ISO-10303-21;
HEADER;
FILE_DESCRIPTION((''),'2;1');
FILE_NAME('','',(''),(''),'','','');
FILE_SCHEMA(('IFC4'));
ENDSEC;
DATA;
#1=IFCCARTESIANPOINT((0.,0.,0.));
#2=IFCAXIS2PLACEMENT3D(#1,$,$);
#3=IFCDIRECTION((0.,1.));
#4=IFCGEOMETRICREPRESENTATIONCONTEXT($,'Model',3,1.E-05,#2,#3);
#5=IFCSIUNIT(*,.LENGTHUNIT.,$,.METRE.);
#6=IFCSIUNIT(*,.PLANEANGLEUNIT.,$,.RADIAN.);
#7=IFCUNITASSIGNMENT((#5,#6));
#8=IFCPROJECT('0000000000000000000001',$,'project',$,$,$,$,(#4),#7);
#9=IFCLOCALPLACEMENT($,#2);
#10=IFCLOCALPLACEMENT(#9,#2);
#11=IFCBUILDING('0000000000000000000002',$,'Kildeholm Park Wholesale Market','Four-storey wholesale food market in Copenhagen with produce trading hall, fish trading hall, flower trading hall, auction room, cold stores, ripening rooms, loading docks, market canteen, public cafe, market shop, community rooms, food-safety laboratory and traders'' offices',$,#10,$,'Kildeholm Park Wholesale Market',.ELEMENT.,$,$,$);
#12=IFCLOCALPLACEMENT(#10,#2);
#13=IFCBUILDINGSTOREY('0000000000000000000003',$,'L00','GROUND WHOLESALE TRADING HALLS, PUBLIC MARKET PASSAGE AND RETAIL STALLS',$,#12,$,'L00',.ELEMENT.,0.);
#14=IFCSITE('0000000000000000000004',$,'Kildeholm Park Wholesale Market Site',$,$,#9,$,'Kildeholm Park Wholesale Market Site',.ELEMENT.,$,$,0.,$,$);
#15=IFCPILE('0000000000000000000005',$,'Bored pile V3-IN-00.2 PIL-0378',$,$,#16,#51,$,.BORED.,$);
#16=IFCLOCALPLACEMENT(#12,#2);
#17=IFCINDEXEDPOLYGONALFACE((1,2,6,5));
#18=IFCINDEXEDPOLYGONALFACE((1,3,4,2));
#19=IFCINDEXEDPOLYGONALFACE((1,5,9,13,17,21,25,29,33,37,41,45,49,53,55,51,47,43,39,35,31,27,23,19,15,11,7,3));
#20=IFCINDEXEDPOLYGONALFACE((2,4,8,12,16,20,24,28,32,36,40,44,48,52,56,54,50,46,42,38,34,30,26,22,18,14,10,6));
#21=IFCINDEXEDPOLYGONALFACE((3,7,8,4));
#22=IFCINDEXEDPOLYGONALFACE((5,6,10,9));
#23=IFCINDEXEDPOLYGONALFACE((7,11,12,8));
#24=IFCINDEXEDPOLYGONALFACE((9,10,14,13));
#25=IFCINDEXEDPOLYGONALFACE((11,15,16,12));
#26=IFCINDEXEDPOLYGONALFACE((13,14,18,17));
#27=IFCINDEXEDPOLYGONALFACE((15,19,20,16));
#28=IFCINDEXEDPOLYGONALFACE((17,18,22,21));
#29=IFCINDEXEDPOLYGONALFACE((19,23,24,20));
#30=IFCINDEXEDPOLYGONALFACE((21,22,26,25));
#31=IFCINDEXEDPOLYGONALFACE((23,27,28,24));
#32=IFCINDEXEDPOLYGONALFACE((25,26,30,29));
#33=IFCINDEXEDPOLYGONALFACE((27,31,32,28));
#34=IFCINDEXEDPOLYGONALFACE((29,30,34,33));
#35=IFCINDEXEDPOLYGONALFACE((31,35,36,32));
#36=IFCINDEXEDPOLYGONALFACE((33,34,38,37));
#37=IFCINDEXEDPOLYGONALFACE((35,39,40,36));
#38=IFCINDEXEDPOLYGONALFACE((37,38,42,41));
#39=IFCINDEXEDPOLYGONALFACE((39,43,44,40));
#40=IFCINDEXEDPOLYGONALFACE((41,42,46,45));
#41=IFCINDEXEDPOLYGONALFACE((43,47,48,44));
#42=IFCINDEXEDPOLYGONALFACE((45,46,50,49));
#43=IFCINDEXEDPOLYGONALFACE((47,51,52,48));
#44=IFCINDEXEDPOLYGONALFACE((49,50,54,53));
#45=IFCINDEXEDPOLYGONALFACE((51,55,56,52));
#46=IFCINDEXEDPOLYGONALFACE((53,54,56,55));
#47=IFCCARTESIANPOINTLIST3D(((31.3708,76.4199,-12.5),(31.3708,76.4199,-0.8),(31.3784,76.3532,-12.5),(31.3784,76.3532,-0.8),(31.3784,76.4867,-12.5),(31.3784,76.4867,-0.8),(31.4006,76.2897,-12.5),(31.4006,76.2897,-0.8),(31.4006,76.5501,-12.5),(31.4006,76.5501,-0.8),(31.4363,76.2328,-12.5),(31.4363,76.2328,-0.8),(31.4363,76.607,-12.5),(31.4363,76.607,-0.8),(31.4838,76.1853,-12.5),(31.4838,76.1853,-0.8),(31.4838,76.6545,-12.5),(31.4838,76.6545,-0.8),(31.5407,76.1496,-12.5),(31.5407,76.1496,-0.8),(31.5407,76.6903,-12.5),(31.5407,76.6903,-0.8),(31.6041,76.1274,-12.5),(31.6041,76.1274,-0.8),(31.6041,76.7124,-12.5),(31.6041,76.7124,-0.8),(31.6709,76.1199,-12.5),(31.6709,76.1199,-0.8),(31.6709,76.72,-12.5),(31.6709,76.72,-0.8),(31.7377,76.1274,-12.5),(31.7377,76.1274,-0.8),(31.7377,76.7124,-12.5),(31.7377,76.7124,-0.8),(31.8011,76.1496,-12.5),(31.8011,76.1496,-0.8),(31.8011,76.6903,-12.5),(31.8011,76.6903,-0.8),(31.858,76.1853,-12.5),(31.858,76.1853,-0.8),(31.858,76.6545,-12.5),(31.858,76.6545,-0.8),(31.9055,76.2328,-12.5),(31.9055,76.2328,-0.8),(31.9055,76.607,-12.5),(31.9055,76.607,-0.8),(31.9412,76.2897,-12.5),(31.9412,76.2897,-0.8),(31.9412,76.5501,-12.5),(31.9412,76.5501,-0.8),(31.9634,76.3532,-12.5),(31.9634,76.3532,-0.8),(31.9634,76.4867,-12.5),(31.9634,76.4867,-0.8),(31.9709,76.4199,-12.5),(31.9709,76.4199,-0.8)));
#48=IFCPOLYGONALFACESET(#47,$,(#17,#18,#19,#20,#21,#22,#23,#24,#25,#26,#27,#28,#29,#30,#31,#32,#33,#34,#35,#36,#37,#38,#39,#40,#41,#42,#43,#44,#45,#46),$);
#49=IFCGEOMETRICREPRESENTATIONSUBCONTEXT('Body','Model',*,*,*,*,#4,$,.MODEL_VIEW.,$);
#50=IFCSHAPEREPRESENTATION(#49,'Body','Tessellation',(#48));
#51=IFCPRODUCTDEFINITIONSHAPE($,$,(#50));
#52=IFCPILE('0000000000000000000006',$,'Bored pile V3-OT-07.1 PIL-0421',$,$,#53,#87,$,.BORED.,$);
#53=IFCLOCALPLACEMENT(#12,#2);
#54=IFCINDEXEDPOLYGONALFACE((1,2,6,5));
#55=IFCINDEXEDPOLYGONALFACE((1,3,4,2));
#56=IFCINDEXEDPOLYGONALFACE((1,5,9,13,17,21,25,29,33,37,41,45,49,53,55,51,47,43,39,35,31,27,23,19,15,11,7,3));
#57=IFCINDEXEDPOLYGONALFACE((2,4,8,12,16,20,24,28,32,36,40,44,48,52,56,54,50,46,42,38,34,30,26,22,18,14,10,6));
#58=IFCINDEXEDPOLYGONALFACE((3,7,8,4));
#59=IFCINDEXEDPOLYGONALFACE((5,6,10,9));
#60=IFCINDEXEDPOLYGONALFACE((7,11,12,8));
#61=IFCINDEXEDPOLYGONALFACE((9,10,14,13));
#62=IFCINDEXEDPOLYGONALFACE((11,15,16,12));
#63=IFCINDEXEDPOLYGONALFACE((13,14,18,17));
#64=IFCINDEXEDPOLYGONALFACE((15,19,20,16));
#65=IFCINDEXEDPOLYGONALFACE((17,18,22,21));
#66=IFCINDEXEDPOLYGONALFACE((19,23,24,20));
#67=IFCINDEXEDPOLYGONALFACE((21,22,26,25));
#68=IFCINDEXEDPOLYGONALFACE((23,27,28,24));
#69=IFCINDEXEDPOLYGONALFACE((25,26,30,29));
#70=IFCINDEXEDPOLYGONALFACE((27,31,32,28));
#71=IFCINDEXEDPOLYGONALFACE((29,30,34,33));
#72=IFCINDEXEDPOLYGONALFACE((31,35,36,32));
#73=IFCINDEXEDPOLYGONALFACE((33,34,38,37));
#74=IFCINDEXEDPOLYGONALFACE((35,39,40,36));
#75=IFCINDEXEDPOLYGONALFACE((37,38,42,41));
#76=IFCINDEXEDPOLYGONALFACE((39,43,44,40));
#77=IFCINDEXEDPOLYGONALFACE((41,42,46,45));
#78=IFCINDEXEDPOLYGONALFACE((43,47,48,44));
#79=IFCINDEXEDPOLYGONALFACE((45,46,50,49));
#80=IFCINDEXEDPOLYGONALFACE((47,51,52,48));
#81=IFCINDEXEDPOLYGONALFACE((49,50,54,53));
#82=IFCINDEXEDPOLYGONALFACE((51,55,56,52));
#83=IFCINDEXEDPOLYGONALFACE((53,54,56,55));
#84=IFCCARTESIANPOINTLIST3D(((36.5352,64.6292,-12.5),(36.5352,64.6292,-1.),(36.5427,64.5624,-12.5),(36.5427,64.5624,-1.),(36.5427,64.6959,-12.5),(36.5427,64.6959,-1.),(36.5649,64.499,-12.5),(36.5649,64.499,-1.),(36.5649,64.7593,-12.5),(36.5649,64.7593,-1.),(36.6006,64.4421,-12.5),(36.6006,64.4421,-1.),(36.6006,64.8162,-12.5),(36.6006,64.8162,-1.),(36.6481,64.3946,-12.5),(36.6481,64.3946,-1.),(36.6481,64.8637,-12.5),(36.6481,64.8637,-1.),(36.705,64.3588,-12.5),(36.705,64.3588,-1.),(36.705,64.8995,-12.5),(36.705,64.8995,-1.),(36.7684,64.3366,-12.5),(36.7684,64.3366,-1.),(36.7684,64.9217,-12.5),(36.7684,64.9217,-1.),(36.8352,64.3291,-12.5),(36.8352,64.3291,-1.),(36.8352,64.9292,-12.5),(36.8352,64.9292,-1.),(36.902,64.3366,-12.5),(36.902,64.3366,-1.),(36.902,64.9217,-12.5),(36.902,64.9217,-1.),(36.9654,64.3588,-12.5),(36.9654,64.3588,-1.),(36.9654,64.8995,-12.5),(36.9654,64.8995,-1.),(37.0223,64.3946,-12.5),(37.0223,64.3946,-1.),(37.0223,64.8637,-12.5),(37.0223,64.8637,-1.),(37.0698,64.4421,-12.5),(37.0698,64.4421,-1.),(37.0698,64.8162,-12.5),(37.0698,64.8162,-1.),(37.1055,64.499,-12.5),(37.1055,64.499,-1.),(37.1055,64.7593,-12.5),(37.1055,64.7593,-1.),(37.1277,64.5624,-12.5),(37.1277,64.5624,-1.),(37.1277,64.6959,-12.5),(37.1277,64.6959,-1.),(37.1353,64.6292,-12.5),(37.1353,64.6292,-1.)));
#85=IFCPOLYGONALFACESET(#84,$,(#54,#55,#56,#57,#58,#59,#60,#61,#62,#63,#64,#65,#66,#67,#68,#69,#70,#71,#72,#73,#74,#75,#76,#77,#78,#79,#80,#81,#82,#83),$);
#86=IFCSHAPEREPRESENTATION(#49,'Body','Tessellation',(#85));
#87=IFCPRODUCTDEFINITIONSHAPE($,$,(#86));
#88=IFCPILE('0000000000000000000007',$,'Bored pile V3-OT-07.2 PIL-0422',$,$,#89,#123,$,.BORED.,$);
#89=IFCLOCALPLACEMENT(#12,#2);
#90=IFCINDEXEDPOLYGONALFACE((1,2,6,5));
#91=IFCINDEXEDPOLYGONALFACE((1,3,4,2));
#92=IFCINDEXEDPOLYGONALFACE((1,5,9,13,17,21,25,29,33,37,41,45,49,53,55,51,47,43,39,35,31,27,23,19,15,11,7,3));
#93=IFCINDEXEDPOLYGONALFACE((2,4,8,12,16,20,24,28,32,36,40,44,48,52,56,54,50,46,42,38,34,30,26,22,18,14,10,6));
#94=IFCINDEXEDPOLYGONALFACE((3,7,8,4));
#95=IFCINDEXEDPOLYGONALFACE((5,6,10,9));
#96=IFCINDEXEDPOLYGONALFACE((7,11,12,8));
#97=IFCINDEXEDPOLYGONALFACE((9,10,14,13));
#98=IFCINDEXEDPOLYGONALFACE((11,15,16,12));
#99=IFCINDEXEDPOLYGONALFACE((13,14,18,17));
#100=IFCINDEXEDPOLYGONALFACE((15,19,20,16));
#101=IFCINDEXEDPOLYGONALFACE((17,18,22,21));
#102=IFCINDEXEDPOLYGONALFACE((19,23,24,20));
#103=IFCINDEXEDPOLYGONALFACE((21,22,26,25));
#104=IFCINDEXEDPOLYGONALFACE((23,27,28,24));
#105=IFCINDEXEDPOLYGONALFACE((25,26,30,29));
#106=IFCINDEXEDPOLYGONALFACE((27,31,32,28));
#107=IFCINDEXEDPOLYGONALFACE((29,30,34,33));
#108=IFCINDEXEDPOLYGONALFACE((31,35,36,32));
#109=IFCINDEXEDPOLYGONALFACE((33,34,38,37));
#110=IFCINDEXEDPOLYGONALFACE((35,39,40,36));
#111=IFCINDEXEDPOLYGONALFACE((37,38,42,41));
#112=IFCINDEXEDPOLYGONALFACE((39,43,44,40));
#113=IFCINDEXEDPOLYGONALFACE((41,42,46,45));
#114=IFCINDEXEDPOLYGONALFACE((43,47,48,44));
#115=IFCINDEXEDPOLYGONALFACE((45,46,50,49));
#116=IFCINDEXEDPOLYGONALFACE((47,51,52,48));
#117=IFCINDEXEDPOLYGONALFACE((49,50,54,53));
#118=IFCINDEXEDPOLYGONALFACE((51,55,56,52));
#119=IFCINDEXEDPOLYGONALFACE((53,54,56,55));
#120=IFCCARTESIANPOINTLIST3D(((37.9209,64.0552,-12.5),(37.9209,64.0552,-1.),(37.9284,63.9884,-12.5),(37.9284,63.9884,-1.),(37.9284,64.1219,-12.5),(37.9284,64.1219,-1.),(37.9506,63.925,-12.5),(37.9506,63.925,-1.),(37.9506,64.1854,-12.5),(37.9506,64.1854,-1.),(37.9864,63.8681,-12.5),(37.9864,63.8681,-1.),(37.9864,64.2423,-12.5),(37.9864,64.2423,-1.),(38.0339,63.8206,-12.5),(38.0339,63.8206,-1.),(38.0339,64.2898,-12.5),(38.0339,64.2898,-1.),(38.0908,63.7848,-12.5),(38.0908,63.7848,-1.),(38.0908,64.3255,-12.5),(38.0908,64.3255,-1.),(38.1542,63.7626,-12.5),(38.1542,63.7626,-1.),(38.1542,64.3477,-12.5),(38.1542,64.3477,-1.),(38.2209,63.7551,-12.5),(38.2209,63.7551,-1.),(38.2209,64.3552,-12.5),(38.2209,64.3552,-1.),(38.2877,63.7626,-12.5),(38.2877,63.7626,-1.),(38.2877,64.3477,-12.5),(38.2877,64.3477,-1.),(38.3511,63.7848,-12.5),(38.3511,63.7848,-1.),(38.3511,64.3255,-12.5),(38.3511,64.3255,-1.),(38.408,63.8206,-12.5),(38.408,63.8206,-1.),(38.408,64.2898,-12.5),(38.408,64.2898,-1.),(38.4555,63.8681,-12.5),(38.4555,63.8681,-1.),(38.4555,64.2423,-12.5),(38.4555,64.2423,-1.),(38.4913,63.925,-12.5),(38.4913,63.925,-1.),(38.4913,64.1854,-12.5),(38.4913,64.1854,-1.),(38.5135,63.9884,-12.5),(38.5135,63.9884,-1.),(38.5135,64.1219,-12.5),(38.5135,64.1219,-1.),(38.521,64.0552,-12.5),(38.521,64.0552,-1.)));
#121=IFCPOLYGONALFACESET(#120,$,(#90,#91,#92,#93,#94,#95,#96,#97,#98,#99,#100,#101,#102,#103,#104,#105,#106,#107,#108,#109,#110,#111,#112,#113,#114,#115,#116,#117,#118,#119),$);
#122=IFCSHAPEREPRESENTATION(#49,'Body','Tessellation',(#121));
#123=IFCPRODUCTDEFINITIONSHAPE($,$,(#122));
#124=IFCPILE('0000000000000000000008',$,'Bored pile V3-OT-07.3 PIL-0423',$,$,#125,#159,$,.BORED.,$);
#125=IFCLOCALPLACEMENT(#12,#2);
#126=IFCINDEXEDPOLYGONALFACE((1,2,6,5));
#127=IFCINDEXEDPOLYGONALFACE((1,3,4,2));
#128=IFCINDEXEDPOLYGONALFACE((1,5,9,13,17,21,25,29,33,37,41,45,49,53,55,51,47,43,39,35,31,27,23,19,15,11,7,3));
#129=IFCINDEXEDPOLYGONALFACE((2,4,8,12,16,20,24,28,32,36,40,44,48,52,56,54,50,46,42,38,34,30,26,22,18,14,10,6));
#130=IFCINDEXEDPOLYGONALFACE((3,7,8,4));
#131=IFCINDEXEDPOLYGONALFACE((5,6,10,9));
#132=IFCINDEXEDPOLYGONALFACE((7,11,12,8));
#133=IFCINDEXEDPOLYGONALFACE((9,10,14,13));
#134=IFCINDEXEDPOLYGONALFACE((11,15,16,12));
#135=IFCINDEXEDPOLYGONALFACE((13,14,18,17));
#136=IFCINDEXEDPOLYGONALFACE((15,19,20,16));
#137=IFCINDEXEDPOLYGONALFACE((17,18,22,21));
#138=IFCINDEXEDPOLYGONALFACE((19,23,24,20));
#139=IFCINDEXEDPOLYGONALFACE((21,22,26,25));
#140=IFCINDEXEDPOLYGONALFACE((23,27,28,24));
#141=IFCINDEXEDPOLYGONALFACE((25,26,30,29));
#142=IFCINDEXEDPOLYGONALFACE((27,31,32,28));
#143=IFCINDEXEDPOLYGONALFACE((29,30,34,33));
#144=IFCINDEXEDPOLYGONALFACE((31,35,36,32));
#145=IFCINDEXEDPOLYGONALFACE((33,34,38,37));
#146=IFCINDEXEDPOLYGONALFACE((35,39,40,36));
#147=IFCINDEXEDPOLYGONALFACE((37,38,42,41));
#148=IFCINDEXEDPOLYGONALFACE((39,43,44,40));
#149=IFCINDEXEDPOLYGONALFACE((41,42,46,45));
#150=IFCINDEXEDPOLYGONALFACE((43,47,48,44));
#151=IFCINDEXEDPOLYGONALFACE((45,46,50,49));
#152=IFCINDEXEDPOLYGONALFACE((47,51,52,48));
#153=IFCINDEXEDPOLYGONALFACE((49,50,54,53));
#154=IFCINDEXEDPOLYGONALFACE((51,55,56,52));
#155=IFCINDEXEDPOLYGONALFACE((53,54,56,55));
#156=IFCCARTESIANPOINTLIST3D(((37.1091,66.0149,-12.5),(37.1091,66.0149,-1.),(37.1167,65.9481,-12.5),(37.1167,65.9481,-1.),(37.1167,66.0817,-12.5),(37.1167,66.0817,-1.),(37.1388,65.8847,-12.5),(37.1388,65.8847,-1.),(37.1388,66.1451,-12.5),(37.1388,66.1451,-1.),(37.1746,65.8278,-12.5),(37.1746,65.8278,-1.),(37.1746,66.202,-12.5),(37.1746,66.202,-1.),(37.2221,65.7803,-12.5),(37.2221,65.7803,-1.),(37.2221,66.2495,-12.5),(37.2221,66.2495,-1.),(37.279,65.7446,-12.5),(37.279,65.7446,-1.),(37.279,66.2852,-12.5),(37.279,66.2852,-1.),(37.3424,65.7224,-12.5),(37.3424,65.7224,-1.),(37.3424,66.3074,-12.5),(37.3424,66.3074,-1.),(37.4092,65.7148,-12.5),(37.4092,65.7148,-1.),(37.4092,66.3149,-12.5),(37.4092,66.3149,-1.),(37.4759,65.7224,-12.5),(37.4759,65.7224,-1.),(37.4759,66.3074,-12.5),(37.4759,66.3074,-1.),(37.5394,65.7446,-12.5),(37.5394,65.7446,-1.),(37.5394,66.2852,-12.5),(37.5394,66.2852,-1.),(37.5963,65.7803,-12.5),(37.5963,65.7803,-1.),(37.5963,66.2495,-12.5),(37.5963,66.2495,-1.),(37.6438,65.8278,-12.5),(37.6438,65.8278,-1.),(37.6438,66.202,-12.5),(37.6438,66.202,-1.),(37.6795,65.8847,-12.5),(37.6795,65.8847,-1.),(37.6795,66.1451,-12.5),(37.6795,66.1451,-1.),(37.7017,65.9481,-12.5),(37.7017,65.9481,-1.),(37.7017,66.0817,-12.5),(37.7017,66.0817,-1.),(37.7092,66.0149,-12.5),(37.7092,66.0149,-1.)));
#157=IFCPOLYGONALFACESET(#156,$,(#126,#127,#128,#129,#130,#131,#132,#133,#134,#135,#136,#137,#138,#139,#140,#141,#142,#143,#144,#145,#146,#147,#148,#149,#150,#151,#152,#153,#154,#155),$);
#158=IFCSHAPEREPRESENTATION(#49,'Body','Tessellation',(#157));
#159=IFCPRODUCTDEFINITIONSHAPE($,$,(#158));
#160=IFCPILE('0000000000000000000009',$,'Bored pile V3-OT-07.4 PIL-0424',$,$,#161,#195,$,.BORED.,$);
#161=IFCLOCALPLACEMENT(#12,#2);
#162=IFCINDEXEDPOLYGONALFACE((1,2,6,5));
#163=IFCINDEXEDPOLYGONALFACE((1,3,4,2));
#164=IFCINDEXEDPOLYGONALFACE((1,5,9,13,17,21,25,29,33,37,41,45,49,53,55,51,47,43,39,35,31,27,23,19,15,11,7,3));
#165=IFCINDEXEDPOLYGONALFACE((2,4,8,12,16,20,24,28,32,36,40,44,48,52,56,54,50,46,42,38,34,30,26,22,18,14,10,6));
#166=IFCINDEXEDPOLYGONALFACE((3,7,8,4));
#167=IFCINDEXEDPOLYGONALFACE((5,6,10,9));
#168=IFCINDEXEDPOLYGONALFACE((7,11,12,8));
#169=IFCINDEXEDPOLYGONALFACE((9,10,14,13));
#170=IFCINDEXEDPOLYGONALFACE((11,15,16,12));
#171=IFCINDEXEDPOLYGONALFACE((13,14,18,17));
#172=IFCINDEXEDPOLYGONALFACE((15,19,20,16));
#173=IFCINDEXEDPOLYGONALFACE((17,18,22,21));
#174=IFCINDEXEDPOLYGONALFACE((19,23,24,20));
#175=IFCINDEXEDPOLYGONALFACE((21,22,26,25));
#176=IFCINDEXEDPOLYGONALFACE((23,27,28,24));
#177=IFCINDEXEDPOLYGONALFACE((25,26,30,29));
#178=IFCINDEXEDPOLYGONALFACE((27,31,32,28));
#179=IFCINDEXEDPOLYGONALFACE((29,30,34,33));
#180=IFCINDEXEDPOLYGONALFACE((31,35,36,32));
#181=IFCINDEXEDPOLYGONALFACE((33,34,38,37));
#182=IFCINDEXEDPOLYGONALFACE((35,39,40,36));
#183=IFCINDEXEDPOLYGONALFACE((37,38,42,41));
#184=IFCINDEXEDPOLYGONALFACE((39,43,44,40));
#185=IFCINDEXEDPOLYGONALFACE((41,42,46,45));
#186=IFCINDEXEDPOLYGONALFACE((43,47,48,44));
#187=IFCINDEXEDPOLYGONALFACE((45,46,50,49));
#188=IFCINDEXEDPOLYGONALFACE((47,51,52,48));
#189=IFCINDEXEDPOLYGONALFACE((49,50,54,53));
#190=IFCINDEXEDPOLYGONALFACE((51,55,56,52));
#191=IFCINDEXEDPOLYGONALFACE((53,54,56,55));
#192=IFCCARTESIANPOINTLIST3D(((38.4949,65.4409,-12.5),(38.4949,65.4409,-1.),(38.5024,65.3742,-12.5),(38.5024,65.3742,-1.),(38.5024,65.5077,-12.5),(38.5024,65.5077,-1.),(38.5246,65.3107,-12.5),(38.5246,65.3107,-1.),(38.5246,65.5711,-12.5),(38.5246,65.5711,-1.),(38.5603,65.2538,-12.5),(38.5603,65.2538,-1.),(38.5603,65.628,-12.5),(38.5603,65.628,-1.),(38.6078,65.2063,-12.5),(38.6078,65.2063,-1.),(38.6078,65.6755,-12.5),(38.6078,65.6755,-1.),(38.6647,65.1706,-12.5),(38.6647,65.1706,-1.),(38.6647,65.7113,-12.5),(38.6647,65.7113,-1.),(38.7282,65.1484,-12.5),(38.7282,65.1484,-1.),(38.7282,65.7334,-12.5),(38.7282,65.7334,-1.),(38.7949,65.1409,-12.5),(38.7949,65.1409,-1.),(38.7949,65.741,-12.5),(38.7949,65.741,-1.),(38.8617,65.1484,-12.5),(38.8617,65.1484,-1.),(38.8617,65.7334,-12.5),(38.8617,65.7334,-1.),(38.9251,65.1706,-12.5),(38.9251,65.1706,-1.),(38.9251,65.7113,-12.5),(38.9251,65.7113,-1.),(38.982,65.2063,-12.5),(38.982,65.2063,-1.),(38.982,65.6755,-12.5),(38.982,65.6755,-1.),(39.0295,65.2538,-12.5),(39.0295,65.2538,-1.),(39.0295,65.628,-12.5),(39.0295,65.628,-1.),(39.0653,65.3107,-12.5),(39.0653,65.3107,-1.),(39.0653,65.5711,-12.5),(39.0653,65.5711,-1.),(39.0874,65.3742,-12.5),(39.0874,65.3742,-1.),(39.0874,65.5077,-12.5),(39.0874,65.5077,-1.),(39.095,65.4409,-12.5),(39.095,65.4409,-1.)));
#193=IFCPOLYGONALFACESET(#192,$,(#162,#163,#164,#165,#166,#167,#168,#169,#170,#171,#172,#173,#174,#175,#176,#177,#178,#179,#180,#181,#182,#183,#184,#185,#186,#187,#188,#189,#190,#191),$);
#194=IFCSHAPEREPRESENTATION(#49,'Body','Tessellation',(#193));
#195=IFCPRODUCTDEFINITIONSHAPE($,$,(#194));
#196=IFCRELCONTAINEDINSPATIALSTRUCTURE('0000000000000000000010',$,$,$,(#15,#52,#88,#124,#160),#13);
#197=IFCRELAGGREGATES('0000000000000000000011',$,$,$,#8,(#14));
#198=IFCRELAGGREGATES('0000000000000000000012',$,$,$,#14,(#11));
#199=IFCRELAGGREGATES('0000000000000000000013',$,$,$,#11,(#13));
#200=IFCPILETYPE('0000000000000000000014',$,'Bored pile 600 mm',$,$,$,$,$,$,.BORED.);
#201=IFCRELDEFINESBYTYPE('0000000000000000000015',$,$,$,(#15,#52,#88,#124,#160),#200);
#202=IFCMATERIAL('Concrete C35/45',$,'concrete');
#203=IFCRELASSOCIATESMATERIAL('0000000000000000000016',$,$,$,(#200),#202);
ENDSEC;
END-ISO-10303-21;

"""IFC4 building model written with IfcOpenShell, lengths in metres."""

from ifc_helpers import new_model, si_unit, direction, frame, origin, origin_2d, place, context, subcontext, project, spatial, circle, extrude, material, material_profile, profile_set, type_object, element, save


model = new_model("IFC4")

# Units and contexts
model_context = context("Model", 3, precision=1e-05, world=origin(), true_north=direction((0.0, 1.0)))
body_context = subcontext(model_context, "Body", "Model", "MODEL_VIEW")
ifc_project = project(units=[si_unit("LENGTHUNIT", "METRE"), si_unit("PLANEANGLEUNIT", "RADIAN")], contexts=[model_context])

# Site, building, storey
site_placement = place(None, origin())
site = spatial("IfcSite", under=ifc_project, at=site_placement, Name="Kildeholm Park Wholesale Market Site", LongName="Kildeholm Park Wholesale Market Site", CompositionType="ELEMENT", RefElevation=0.0)
building_placement = place(site_placement, origin())
building = spatial("IfcBuilding", under=site, at=building_placement, Name="Kildeholm Park Wholesale Market", Description="Four-storey wholesale food market in Copenhagen with produce trading hall, fish trading hall, flower trading hall, auction room, cold stores, ripening rooms, loading docks, market canteen, public cafe, market shop, community rooms, food-safety laboratory and traders' offices", LongName="Kildeholm Park Wholesale Market", CompositionType="ELEMENT")
storey_placement = place(building_placement, origin())
storey = spatial("IfcBuildingStorey", under=building, at=storey_placement, Name="L00", Description="GROUND WHOLESALE TRADING HALLS, PUBLIC MARKET PASSAGE AND RETAIL STALLS", LongName="L00", CompositionType="ELEMENT", Elevation=0.0)

# Piles
ifc_material_1 = material(Name="Concrete C35/45", Category="concrete")
ifc_material_profile_1 = material_profile(ifc_material_1, circle(Radius=0.3, at=origin_2d()), Name="PILE D600")
ifc_profile_set_1 = profile_set([ifc_material_profile_1], Name="Concrete C35/45")
pile_type_1 = type_object("IfcPileType", Name="Bored pile 600 mm", PredefinedType="BORED", material=ifc_profile_set_1)
pile_placement = place(storey_placement, frame((31.6709, 76.4199, -0.8), z_axis=(0.0, 0.0, -1.0), x_axis=(1.0, 0.0, 0.0)))
element("IfcPile", 1, at=pile_placement, inside=storey, type_object=pile_type_1, Name="Bored pile V3-IN-00.2 PIL-0378", PredefinedType="BORED", context=body_context, shape_type="SweptSolid", body=[
    extrude(circle(Radius=0.3, at=origin_2d()), origin(), (0.0, 0.0, 1.0), 11.7),
])
for number, where, z_axis, x_axis, name in (
    (2, (36.8352, 64.6292, -1.0), (0.0, 0.0, -1.0), (1.0, 0.0, 0.0), "Bored pile V3-OT-07.1 PIL-0421"),
    (3, (38.2209, 64.0552, -1.0), (0.0, 0.0, -1.0), (1.0, 0.0, 0.0), "Bored pile V3-OT-07.2 PIL-0422"),
    (4, (37.4092, 66.0149, -1.0), (0.0, 0.0, -1.0), (1.0, 0.0, 0.0), "Bored pile V3-OT-07.3 PIL-0423"),
    (5, (38.7949, 65.4409, -1.0), (0.0, 0.0, -1.0), (1.0, 0.0, 0.0), "Bored pile V3-OT-07.4 PIL-0424"),
):
    element("IfcPile", number, at=place(storey_placement, frame(where, z_axis=z_axis, x_axis=x_axis)), inside=storey, type_object=pile_type_1, Name=name, PredefinedType="BORED", context=body_context, shape_type="SweptSolid", body=[
        extrude(circle(Radius=0.3, at=origin_2d()), origin(), (0.0, 0.0, 1.0), 11.5),
    ])

save(model, "model.ifc")
